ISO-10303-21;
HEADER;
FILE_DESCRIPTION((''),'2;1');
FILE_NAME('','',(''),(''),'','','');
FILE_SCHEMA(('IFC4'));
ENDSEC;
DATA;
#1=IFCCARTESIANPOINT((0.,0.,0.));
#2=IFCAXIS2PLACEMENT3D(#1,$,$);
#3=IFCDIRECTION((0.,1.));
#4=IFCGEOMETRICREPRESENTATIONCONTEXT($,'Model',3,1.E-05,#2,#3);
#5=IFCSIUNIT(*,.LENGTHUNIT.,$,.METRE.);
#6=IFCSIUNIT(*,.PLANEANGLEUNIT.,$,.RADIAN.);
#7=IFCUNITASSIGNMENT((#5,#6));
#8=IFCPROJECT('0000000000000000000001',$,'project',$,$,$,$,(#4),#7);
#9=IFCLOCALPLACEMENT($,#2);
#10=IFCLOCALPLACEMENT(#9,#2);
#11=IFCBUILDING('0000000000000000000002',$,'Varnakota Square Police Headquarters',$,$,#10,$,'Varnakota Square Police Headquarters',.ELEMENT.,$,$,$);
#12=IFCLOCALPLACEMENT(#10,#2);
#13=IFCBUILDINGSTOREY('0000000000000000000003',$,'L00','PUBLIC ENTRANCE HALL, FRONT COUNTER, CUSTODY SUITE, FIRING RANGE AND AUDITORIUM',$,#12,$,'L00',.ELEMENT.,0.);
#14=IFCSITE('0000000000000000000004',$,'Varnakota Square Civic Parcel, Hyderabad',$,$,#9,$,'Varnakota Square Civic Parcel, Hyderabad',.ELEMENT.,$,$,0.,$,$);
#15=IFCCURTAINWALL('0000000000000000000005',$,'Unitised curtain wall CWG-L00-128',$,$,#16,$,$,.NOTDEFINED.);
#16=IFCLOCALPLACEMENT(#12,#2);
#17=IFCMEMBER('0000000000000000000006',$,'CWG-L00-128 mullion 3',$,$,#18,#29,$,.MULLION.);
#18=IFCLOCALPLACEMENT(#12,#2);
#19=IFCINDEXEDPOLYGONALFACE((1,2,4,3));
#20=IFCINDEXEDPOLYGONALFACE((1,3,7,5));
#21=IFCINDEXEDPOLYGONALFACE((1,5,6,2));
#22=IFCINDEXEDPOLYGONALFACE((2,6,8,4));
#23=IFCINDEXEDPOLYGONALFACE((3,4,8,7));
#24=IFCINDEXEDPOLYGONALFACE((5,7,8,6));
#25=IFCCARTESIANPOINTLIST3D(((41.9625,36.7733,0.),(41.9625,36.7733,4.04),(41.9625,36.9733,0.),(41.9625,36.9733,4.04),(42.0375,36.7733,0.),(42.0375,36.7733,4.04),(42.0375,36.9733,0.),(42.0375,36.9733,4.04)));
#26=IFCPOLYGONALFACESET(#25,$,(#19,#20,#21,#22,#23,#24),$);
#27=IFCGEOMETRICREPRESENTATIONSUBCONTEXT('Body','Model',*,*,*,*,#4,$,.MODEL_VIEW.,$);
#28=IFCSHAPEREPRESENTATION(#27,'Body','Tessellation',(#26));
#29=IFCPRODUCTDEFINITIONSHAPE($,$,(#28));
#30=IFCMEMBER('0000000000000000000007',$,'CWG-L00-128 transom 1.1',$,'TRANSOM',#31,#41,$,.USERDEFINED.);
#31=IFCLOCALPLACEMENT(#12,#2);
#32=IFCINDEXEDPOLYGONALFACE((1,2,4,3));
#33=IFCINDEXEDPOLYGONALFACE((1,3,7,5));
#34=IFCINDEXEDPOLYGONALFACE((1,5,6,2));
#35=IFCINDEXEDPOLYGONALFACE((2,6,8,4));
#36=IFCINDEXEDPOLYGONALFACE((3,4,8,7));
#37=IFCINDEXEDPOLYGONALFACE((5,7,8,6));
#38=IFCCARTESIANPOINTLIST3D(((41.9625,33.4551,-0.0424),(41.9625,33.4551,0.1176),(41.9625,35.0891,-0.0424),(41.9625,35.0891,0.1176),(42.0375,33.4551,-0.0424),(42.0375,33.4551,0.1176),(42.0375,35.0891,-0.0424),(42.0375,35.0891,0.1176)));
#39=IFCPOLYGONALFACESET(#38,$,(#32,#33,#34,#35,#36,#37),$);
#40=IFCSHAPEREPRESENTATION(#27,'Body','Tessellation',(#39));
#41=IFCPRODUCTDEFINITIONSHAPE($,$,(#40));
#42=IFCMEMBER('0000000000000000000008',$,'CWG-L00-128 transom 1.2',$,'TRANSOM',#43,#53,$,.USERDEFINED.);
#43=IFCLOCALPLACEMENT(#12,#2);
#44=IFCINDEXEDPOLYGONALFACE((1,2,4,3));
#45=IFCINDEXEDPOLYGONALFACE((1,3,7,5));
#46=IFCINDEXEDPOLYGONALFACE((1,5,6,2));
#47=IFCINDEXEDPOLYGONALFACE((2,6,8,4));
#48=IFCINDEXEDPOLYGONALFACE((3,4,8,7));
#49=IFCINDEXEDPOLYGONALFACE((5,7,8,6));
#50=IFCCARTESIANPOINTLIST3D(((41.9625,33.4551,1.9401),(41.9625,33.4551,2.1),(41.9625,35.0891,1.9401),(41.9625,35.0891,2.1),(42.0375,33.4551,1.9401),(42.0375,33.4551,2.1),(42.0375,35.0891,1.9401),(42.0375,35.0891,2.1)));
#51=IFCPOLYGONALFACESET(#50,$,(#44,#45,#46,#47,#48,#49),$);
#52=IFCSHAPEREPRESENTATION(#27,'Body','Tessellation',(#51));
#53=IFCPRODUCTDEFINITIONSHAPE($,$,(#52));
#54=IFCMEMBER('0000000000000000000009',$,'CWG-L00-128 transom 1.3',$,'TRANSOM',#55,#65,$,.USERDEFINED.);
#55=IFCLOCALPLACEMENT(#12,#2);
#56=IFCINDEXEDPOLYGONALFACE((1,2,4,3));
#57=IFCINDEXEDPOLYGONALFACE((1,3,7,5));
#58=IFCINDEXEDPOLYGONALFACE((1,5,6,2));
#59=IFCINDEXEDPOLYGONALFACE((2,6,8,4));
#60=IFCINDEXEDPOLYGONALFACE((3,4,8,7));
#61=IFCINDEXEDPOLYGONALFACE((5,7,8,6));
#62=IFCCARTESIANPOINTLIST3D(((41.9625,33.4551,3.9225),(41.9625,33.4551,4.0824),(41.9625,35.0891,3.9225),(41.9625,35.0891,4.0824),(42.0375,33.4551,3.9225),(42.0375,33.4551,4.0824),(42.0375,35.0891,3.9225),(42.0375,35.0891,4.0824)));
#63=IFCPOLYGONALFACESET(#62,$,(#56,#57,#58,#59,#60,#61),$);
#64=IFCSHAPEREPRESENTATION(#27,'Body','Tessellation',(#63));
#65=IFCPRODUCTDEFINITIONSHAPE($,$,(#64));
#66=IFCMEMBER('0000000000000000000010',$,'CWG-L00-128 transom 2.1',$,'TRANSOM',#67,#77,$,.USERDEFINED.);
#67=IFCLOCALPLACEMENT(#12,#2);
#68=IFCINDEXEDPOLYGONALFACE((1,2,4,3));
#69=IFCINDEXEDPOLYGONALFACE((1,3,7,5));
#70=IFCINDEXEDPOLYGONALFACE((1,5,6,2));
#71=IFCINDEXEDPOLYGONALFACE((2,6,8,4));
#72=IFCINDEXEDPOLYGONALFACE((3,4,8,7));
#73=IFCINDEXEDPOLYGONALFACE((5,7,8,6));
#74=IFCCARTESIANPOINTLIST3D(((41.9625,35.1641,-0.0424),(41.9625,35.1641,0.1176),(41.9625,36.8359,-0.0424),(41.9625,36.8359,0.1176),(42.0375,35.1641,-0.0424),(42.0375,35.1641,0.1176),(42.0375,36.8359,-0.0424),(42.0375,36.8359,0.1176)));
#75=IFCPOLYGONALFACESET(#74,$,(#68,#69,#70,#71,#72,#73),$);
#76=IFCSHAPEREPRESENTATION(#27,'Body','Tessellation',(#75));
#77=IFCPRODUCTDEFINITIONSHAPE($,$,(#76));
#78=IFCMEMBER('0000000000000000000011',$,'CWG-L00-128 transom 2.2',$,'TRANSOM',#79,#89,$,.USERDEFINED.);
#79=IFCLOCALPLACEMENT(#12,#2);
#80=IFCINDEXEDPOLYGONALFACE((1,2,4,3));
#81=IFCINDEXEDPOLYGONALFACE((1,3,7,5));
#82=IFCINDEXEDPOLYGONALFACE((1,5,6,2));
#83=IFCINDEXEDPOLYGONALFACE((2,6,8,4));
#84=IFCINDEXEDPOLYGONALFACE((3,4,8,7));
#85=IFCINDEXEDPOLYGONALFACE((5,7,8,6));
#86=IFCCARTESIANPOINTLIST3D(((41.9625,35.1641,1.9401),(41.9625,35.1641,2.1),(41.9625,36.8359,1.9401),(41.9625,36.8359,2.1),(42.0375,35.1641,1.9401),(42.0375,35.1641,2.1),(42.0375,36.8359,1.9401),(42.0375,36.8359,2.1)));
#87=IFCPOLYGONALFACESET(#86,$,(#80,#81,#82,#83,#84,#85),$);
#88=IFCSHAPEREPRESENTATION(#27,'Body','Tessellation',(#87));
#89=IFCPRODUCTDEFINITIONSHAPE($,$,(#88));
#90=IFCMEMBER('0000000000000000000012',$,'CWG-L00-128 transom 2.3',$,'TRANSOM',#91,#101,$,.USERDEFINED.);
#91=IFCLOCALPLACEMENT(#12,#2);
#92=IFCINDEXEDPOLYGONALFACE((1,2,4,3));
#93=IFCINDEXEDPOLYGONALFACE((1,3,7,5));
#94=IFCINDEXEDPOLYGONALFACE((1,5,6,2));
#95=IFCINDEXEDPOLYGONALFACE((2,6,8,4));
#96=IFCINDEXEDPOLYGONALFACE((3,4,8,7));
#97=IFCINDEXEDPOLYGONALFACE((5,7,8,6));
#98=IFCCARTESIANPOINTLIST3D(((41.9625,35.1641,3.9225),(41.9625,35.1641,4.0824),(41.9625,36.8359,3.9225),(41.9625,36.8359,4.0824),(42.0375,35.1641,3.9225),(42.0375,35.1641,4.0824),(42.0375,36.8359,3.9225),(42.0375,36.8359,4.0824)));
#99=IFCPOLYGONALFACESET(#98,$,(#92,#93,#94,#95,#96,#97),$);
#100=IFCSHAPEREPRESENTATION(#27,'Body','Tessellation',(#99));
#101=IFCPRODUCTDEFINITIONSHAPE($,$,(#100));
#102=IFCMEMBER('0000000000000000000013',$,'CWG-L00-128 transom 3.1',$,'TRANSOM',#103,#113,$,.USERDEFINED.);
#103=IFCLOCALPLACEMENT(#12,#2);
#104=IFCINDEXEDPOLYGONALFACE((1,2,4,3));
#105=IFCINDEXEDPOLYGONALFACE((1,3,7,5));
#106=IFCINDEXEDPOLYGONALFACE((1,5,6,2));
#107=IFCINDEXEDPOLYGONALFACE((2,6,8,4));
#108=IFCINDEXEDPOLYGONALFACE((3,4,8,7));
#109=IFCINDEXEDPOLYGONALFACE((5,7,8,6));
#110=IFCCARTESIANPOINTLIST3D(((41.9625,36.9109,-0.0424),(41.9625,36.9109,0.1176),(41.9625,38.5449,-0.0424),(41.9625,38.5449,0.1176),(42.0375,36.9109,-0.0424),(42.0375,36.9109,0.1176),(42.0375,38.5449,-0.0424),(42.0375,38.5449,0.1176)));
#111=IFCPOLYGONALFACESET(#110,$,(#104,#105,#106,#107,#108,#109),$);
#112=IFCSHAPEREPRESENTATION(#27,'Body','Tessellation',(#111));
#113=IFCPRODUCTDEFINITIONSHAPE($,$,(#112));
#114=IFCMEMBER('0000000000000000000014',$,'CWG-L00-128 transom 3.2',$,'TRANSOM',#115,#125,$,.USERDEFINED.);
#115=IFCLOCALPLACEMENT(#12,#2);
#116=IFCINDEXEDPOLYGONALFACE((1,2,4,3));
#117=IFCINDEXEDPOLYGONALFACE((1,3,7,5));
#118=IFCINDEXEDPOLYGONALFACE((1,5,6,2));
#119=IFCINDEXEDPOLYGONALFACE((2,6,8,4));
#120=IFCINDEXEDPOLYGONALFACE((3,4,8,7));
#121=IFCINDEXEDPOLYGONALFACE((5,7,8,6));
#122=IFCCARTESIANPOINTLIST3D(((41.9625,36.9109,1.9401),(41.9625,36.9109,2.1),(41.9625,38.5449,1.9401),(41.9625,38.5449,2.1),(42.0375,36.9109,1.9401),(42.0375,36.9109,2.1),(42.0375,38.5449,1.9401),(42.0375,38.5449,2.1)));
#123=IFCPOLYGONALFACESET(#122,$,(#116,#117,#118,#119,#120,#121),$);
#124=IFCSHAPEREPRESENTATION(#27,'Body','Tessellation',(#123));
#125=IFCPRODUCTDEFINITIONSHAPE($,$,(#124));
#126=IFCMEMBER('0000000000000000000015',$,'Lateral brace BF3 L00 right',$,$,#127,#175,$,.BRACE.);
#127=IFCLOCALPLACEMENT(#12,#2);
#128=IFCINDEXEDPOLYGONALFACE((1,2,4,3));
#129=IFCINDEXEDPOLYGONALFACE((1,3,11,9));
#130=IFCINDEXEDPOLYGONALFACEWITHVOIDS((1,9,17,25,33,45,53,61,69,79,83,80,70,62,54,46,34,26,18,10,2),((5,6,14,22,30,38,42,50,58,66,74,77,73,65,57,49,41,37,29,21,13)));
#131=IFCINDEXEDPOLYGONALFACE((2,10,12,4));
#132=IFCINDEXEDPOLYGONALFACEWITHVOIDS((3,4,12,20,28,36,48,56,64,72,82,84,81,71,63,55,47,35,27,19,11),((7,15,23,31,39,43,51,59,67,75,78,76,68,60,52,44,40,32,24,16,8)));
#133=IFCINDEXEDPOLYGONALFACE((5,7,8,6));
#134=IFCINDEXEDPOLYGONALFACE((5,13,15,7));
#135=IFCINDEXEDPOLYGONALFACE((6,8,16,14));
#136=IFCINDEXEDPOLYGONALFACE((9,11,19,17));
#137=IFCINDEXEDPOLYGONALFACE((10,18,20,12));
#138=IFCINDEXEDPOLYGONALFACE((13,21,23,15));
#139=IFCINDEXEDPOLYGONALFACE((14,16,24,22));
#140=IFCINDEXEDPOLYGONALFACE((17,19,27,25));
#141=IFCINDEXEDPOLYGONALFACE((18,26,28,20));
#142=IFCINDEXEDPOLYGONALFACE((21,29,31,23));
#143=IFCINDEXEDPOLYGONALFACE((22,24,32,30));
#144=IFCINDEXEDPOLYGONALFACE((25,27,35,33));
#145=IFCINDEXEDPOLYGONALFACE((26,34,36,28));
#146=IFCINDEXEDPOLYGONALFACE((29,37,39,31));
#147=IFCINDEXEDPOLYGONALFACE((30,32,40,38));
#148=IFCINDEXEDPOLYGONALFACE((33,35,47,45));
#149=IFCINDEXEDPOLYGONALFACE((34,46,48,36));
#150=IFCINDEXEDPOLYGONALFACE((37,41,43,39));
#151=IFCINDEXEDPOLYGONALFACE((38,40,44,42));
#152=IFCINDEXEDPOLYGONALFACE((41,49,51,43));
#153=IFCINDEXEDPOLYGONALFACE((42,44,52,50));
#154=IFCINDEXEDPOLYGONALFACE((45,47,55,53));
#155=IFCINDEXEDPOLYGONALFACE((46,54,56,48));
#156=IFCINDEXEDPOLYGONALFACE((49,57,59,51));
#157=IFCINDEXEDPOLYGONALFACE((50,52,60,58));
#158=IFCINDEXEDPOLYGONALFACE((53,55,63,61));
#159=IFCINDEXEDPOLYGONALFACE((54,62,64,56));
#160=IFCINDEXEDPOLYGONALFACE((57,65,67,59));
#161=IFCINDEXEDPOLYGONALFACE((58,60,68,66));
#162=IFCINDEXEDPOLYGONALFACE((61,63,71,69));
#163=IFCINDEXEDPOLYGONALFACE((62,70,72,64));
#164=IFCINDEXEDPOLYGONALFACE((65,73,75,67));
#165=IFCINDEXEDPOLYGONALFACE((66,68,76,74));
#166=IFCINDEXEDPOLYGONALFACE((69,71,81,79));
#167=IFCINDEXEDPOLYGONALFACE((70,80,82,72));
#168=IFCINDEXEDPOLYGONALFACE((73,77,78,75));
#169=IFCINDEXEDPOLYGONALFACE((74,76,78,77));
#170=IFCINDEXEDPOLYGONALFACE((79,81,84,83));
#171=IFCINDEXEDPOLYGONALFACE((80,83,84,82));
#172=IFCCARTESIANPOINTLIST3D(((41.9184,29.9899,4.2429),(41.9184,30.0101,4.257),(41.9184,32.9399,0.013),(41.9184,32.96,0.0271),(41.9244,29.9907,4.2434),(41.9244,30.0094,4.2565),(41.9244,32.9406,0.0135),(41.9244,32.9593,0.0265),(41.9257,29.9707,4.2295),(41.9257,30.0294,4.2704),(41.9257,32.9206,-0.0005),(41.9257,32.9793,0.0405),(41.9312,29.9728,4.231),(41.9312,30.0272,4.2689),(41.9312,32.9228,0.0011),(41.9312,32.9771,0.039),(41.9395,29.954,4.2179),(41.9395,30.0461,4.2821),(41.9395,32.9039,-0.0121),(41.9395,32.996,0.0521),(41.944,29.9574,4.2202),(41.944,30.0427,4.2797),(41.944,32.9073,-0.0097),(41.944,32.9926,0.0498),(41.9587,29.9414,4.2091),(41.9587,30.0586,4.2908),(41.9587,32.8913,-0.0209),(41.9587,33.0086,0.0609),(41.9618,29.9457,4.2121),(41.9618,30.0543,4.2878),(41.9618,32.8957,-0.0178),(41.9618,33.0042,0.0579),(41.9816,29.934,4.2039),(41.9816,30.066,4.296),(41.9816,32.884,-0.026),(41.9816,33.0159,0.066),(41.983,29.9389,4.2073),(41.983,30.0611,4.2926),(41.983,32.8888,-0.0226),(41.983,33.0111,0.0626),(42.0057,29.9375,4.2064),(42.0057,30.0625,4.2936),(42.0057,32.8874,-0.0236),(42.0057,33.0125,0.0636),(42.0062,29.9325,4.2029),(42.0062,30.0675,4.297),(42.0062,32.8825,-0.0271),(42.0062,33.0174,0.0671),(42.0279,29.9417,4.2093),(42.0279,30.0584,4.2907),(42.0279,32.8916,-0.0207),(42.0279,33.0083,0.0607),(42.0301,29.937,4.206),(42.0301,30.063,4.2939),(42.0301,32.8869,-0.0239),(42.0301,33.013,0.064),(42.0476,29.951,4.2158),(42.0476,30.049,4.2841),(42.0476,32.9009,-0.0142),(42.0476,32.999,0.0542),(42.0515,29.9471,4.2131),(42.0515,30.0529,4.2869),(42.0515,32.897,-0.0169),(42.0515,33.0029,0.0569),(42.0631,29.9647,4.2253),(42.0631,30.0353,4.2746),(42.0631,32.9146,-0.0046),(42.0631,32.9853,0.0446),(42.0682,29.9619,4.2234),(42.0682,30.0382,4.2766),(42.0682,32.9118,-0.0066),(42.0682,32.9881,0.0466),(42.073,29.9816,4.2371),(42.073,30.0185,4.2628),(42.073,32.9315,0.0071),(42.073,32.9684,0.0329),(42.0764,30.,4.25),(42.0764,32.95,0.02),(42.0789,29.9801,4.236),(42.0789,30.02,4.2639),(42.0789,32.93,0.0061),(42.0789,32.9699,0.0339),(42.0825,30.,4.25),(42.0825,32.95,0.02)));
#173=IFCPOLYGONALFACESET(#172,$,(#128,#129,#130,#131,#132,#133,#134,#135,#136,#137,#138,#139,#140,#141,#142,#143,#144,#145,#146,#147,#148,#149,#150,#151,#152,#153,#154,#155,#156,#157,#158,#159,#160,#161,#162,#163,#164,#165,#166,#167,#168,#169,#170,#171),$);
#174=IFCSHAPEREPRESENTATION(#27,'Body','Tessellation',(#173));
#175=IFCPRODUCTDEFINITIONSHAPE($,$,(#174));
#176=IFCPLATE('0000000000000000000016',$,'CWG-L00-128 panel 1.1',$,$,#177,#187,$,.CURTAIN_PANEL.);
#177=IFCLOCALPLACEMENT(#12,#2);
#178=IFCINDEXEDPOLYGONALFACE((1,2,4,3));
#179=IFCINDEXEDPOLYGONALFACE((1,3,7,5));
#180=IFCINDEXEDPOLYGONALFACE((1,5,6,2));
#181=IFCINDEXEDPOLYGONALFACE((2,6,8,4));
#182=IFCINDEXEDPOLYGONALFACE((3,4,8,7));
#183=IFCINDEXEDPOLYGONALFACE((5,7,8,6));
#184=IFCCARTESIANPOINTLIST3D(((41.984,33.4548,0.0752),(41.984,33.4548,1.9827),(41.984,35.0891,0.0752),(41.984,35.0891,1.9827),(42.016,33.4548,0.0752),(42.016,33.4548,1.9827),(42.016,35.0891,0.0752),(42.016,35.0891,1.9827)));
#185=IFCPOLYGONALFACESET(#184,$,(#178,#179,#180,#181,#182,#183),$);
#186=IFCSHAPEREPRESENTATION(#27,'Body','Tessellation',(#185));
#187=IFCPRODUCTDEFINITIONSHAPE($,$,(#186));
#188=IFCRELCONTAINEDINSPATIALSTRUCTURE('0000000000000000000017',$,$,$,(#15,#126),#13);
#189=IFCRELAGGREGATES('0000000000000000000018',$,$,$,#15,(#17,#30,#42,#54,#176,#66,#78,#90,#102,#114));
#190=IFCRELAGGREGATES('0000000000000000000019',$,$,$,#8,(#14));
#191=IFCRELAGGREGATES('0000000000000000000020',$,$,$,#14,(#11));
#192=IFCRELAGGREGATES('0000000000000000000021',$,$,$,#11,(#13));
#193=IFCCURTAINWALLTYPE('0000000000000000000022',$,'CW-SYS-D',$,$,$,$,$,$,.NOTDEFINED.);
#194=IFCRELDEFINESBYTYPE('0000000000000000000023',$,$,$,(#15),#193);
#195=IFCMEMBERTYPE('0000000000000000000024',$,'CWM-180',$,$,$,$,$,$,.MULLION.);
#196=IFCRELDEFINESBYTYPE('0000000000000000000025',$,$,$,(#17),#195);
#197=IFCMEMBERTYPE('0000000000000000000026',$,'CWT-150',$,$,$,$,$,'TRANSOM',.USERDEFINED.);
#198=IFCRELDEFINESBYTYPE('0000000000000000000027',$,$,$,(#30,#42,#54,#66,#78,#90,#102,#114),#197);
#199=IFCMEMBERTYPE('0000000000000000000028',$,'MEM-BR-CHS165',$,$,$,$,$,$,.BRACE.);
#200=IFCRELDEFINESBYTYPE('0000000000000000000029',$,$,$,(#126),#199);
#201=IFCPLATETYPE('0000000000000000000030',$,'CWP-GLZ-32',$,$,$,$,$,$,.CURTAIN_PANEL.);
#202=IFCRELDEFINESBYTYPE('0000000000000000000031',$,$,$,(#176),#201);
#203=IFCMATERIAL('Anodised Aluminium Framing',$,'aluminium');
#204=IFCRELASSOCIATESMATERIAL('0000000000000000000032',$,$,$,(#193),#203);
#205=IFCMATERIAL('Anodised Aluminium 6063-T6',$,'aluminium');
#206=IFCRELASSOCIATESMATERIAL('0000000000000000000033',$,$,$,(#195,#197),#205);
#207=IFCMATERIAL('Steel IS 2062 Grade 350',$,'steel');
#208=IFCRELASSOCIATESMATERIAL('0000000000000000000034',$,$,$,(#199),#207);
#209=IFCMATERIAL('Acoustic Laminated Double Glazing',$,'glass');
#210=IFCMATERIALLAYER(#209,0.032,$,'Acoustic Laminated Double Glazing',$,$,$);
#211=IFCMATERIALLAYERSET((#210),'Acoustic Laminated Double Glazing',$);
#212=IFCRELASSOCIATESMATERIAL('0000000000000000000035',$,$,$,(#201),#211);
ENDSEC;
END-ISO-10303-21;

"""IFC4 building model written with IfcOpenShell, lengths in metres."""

from ifc_helpers import new_model, si_unit, direction, frame, origin, origin_2d, place, context, subcontext, project, spatial, rectangle, hollow_circle, extrude, material, layer, layer_set, material_profile, profile_set, type_object, element, aggregate, save


model = new_model("IFC4")

# Units and contexts
model_context = context("Model", 3, precision=1e-05, world=origin(), true_north=direction((0.0, 1.0)))
body_context = subcontext(model_context, "Body", "Model", "MODEL_VIEW")
ifc_project = project(units=[si_unit("LENGTHUNIT", "METRE"), si_unit("PLANEANGLEUNIT", "RADIAN")], contexts=[model_context])

# Site, building, storey
site_placement = place(None, origin())
site = spatial("IfcSite", under=ifc_project, at=site_placement, Name="Varnakota Square Civic Parcel, Hyderabad", LongName="Varnakota Square Civic Parcel, Hyderabad", CompositionType="ELEMENT", RefElevation=0.0)
building_placement = place(site_placement, origin())
building = spatial("IfcBuilding", under=site, at=building_placement, Name="Varnakota Square Police Headquarters", LongName="Varnakota Square Police Headquarters", CompositionType="ELEMENT")
storey_placement = place(building_placement, origin())
storey = spatial("IfcBuildingStorey", under=building, at=storey_placement, Name="L00", Description="PUBLIC ENTRANCE HALL, FRONT COUNTER, CUSTODY SUITE, FIRING RANGE AND AUDITORIUM", LongName="L00", CompositionType="ELEMENT", Elevation=0.0)

# Shared definitions
ifc_material_1 = material(Name="Steel IS 2062 Grade 350", Category="steel")

# Curtain wall, members
ifc_material_2 = material(Name="Anodised Aluminium Framing", Category="aluminium")
curtain_wall_type = type_object("IfcCurtainWallType", Name="CW-SYS-D", PredefinedType="NOTDEFINED", material=ifc_material_2)
curtain_wall_placement = place(storey_placement, origin())
curtain_wall = element("IfcCurtainWall", 1, at=curtain_wall_placement, inside=storey, type_object=curtain_wall_type, Name="Unitised curtain wall CWG-L00-128", PredefinedType="NOTDEFINED")
ifc_material_3 = material(Name="Anodised Aluminium 6063-T6", Category="aluminium")
ifc_material_profile_1 = material_profile(ifc_material_3, rectangle(XDim=0.075, YDim=0.2, at=origin_2d()), Name="ALU MULLION 75x200")
ifc_profile_set_1 = profile_set([ifc_material_profile_1], Name="Anodised Aluminium 6063-T6")
member_type_1 = type_object("IfcMemberType", Name="CWM-180", PredefinedType="MULLION", material=ifc_profile_set_1)
member_1_placement = place(storey_placement, frame((42.0, 36.8733, 0.0), z_axis=(0.0, 0.0, 1.0), x_axis=(-1.0, 0.0, 0.0)))
member_1 = element("IfcMember", 2, at=member_1_placement, type_object=member_type_1, Name="CWG-L00-128 mullion 3", PredefinedType="MULLION", context=body_context, shape_type="SweptSolid", body=[
    extrude(rectangle(XDim=0.075, YDim=0.2, at=origin_2d()), origin(), (0.0, 0.0, 1.0), 4.04),
])
ifc_material_profile_2 = material_profile(ifc_material_3, rectangle(XDim=0.075, YDim=0.1599, at=origin_2d()), Name="ALU TRANSOM 75x160")
ifc_profile_set_2 = profile_set([ifc_material_profile_2], Name="Anodised Aluminium 6063-T6")
member_type_2 = type_object("IfcMemberType", Name="CWT-150", ElementType="TRANSOM", PredefinedType="USERDEFINED", material=ifc_profile_set_2)
member_2_placement = place(storey_placement, frame((42.0, 33.4551, 0.0376), z_axis=(0.0, 1.0, 0.0), x_axis=(-1.0, 0.0, 0.0)))
member_2 = element("IfcMember", 3, at=member_2_placement, type_object=member_type_2, Name="CWG-L00-128 transom 1.1", ObjectType="TRANSOM", PredefinedType="USERDEFINED", context=body_context, shape_type="SweptSolid", body=[
    extrude(rectangle(XDim=0.075, YDim=0.1599, at=origin_2d()), origin(), (0.0, 0.0, 1.0), 1.634),
])
member_3_placement = place(storey_placement, frame((42.0, 33.4551, 2.02), z_axis=(0.0, 1.0, 0.0), x_axis=(-1.0, 0.0, 0.0)))
member_3 = element("IfcMember", 4, at=member_3_placement, type_object=member_type_2, Name="CWG-L00-128 transom 1.2", ObjectType="TRANSOM", PredefinedType="USERDEFINED", context=body_context, shape_type="SweptSolid", body=[
    extrude(rectangle(XDim=0.075, YDim=0.1599, at=origin_2d()), origin(), (0.0, 0.0, 1.0), 1.634),
])
member_4_placement = place(storey_placement, frame((42.0, 33.4551, 4.0024), z_axis=(0.0, 1.0, 0.0), x_axis=(-1.0, 0.0, 0.0)))
member_4 = element("IfcMember", 5, at=member_4_placement, type_object=member_type_2, Name="CWG-L00-128 transom 1.3", ObjectType="TRANSOM", PredefinedType="USERDEFINED", context=body_context, shape_type="SweptSolid", body=[
    extrude(rectangle(XDim=0.075, YDim=0.1599, at=origin_2d()), origin(), (0.0, 0.0, 1.0), 1.634),
])
member_5_placement = place(storey_placement, frame((42.0, 35.1641, 0.0376), z_axis=(0.0, 1.0, 0.0), x_axis=(-1.0, 0.0, 0.0)))
member_5 = element("IfcMember", 6, at=member_5_placement, type_object=member_type_2, Name="CWG-L00-128 transom 2.1", ObjectType="TRANSOM", PredefinedType="USERDEFINED", context=body_context, shape_type="SweptSolid", body=[
    extrude(rectangle(XDim=0.075, YDim=0.1599, at=origin_2d()), origin(), (0.0, 0.0, 1.0), 1.6719),
])
member_6_placement = place(storey_placement, frame((42.0, 35.1641, 2.02), z_axis=(0.0, 1.0, 0.0), x_axis=(-1.0, 0.0, 0.0)))
member_6 = element("IfcMember", 7, at=member_6_placement, type_object=member_type_2, Name="CWG-L00-128 transom 2.2", ObjectType="TRANSOM", PredefinedType="USERDEFINED", context=body_context, shape_type="SweptSolid", body=[
    extrude(rectangle(XDim=0.075, YDim=0.1599, at=origin_2d()), origin(), (0.0, 0.0, 1.0), 1.6719),
])
member_7_placement = place(storey_placement, frame((42.0, 35.1641, 4.0024), z_axis=(0.0, 1.0, 0.0), x_axis=(-1.0, 0.0, 0.0)))
member_7 = element("IfcMember", 8, at=member_7_placement, type_object=member_type_2, Name="CWG-L00-128 transom 2.3", ObjectType="TRANSOM", PredefinedType="USERDEFINED", context=body_context, shape_type="SweptSolid", body=[
    extrude(rectangle(XDim=0.075, YDim=0.1599, at=origin_2d()), origin(), (0.0, 0.0, 1.0), 1.6719),
])
member_8_placement = place(storey_placement, frame((42.0, 36.9109, 0.0376), z_axis=(0.0, 1.0, 0.0), x_axis=(-1.0, 0.0, 0.0)))
member_8 = element("IfcMember", 9, at=member_8_placement, type_object=member_type_2, Name="CWG-L00-128 transom 3.1", ObjectType="TRANSOM", PredefinedType="USERDEFINED", context=body_context, shape_type="SweptSolid", body=[
    extrude(rectangle(XDim=0.075, YDim=0.1599, at=origin_2d()), origin(), (0.0, 0.0, 1.0), 1.634),
])
member_9_placement = place(storey_placement, frame((42.0, 36.9109, 2.02), z_axis=(0.0, 1.0, 0.0), x_axis=(-1.0, 0.0, 0.0)))
member_9 = element("IfcMember", 10, at=member_9_placement, type_object=member_type_2, Name="CWG-L00-128 transom 3.2", ObjectType="TRANSOM", PredefinedType="USERDEFINED", context=body_context, shape_type="SweptSolid", body=[
    extrude(rectangle(XDim=0.075, YDim=0.1599, at=origin_2d()), origin(), (0.0, 0.0, 1.0), 1.634),
])

# Member
ifc_material_profile_3 = material_profile(ifc_material_1, hollow_circle(Radius=0.0825, WallThickness=0.0061, at=origin_2d()), Name="CHS 165.1x6.0")
ifc_profile_set_3 = profile_set([ifc_material_profile_3], Name="Steel IS 2062 Grade 350")
member_type_3 = type_object("IfcMemberType", Name="MEM-BR-CHS165", PredefinedType="BRACE", material=ifc_profile_set_3)
member_10_placement = place(storey_placement, frame((42.0, 32.95, 0.02), z_axis=(0.0, -0.572025, 0.820236), x_axis=(1.0, 0.0, 0.0)))
element("IfcMember", 11, at=member_10_placement, inside=storey, type_object=member_type_3, Name="Lateral brace BF3 L00 right", PredefinedType="BRACE", context=body_context, shape_type="SweptSolid", body=[
    extrude(hollow_circle(Radius=0.0825, WallThickness=0.0061, at=origin_2d()), origin(), (0.0, 0.0, 1.0), 5.157),
])

# Plate
ifc_material_4 = material(Name="Acoustic Laminated Double Glazing", Category="glass")
ifc_layer_1 = layer(ifc_material_4, 0.032, Name="Acoustic Laminated Double Glazing")
ifc_layer_set_1 = layer_set([ifc_layer_1], Name="Acoustic Laminated Double Glazing")
plate_type_1 = type_object("IfcPlateType", Name="CWP-GLZ-32", PredefinedType="CURTAIN_PANEL", material=ifc_layer_set_1)
plate_1_placement = place(storey_placement, frame((42.0, 34.272, 0.0752), z_axis=(0.0, 0.0, 1.0), x_axis=(0.0, 1.0, 0.0)))
plate_1 = element("IfcPlate", 12, at=plate_1_placement, type_object=plate_type_1, Name="CWG-L00-128 panel 1.1", PredefinedType="CURTAIN_PANEL", context=body_context, shape_type="SweptSolid", body=[
    extrude(rectangle(XDim=1.6343, YDim=0.032, at=origin_2d()), origin(), (0.0, 0.0, 1.0), 1.9075),
])
aggregate(curtain_wall, [member_1, member_2, member_3, member_4, plate_1, member_5, member_6, member_7, member_8, member_9])

save(model, "model.ifc")
